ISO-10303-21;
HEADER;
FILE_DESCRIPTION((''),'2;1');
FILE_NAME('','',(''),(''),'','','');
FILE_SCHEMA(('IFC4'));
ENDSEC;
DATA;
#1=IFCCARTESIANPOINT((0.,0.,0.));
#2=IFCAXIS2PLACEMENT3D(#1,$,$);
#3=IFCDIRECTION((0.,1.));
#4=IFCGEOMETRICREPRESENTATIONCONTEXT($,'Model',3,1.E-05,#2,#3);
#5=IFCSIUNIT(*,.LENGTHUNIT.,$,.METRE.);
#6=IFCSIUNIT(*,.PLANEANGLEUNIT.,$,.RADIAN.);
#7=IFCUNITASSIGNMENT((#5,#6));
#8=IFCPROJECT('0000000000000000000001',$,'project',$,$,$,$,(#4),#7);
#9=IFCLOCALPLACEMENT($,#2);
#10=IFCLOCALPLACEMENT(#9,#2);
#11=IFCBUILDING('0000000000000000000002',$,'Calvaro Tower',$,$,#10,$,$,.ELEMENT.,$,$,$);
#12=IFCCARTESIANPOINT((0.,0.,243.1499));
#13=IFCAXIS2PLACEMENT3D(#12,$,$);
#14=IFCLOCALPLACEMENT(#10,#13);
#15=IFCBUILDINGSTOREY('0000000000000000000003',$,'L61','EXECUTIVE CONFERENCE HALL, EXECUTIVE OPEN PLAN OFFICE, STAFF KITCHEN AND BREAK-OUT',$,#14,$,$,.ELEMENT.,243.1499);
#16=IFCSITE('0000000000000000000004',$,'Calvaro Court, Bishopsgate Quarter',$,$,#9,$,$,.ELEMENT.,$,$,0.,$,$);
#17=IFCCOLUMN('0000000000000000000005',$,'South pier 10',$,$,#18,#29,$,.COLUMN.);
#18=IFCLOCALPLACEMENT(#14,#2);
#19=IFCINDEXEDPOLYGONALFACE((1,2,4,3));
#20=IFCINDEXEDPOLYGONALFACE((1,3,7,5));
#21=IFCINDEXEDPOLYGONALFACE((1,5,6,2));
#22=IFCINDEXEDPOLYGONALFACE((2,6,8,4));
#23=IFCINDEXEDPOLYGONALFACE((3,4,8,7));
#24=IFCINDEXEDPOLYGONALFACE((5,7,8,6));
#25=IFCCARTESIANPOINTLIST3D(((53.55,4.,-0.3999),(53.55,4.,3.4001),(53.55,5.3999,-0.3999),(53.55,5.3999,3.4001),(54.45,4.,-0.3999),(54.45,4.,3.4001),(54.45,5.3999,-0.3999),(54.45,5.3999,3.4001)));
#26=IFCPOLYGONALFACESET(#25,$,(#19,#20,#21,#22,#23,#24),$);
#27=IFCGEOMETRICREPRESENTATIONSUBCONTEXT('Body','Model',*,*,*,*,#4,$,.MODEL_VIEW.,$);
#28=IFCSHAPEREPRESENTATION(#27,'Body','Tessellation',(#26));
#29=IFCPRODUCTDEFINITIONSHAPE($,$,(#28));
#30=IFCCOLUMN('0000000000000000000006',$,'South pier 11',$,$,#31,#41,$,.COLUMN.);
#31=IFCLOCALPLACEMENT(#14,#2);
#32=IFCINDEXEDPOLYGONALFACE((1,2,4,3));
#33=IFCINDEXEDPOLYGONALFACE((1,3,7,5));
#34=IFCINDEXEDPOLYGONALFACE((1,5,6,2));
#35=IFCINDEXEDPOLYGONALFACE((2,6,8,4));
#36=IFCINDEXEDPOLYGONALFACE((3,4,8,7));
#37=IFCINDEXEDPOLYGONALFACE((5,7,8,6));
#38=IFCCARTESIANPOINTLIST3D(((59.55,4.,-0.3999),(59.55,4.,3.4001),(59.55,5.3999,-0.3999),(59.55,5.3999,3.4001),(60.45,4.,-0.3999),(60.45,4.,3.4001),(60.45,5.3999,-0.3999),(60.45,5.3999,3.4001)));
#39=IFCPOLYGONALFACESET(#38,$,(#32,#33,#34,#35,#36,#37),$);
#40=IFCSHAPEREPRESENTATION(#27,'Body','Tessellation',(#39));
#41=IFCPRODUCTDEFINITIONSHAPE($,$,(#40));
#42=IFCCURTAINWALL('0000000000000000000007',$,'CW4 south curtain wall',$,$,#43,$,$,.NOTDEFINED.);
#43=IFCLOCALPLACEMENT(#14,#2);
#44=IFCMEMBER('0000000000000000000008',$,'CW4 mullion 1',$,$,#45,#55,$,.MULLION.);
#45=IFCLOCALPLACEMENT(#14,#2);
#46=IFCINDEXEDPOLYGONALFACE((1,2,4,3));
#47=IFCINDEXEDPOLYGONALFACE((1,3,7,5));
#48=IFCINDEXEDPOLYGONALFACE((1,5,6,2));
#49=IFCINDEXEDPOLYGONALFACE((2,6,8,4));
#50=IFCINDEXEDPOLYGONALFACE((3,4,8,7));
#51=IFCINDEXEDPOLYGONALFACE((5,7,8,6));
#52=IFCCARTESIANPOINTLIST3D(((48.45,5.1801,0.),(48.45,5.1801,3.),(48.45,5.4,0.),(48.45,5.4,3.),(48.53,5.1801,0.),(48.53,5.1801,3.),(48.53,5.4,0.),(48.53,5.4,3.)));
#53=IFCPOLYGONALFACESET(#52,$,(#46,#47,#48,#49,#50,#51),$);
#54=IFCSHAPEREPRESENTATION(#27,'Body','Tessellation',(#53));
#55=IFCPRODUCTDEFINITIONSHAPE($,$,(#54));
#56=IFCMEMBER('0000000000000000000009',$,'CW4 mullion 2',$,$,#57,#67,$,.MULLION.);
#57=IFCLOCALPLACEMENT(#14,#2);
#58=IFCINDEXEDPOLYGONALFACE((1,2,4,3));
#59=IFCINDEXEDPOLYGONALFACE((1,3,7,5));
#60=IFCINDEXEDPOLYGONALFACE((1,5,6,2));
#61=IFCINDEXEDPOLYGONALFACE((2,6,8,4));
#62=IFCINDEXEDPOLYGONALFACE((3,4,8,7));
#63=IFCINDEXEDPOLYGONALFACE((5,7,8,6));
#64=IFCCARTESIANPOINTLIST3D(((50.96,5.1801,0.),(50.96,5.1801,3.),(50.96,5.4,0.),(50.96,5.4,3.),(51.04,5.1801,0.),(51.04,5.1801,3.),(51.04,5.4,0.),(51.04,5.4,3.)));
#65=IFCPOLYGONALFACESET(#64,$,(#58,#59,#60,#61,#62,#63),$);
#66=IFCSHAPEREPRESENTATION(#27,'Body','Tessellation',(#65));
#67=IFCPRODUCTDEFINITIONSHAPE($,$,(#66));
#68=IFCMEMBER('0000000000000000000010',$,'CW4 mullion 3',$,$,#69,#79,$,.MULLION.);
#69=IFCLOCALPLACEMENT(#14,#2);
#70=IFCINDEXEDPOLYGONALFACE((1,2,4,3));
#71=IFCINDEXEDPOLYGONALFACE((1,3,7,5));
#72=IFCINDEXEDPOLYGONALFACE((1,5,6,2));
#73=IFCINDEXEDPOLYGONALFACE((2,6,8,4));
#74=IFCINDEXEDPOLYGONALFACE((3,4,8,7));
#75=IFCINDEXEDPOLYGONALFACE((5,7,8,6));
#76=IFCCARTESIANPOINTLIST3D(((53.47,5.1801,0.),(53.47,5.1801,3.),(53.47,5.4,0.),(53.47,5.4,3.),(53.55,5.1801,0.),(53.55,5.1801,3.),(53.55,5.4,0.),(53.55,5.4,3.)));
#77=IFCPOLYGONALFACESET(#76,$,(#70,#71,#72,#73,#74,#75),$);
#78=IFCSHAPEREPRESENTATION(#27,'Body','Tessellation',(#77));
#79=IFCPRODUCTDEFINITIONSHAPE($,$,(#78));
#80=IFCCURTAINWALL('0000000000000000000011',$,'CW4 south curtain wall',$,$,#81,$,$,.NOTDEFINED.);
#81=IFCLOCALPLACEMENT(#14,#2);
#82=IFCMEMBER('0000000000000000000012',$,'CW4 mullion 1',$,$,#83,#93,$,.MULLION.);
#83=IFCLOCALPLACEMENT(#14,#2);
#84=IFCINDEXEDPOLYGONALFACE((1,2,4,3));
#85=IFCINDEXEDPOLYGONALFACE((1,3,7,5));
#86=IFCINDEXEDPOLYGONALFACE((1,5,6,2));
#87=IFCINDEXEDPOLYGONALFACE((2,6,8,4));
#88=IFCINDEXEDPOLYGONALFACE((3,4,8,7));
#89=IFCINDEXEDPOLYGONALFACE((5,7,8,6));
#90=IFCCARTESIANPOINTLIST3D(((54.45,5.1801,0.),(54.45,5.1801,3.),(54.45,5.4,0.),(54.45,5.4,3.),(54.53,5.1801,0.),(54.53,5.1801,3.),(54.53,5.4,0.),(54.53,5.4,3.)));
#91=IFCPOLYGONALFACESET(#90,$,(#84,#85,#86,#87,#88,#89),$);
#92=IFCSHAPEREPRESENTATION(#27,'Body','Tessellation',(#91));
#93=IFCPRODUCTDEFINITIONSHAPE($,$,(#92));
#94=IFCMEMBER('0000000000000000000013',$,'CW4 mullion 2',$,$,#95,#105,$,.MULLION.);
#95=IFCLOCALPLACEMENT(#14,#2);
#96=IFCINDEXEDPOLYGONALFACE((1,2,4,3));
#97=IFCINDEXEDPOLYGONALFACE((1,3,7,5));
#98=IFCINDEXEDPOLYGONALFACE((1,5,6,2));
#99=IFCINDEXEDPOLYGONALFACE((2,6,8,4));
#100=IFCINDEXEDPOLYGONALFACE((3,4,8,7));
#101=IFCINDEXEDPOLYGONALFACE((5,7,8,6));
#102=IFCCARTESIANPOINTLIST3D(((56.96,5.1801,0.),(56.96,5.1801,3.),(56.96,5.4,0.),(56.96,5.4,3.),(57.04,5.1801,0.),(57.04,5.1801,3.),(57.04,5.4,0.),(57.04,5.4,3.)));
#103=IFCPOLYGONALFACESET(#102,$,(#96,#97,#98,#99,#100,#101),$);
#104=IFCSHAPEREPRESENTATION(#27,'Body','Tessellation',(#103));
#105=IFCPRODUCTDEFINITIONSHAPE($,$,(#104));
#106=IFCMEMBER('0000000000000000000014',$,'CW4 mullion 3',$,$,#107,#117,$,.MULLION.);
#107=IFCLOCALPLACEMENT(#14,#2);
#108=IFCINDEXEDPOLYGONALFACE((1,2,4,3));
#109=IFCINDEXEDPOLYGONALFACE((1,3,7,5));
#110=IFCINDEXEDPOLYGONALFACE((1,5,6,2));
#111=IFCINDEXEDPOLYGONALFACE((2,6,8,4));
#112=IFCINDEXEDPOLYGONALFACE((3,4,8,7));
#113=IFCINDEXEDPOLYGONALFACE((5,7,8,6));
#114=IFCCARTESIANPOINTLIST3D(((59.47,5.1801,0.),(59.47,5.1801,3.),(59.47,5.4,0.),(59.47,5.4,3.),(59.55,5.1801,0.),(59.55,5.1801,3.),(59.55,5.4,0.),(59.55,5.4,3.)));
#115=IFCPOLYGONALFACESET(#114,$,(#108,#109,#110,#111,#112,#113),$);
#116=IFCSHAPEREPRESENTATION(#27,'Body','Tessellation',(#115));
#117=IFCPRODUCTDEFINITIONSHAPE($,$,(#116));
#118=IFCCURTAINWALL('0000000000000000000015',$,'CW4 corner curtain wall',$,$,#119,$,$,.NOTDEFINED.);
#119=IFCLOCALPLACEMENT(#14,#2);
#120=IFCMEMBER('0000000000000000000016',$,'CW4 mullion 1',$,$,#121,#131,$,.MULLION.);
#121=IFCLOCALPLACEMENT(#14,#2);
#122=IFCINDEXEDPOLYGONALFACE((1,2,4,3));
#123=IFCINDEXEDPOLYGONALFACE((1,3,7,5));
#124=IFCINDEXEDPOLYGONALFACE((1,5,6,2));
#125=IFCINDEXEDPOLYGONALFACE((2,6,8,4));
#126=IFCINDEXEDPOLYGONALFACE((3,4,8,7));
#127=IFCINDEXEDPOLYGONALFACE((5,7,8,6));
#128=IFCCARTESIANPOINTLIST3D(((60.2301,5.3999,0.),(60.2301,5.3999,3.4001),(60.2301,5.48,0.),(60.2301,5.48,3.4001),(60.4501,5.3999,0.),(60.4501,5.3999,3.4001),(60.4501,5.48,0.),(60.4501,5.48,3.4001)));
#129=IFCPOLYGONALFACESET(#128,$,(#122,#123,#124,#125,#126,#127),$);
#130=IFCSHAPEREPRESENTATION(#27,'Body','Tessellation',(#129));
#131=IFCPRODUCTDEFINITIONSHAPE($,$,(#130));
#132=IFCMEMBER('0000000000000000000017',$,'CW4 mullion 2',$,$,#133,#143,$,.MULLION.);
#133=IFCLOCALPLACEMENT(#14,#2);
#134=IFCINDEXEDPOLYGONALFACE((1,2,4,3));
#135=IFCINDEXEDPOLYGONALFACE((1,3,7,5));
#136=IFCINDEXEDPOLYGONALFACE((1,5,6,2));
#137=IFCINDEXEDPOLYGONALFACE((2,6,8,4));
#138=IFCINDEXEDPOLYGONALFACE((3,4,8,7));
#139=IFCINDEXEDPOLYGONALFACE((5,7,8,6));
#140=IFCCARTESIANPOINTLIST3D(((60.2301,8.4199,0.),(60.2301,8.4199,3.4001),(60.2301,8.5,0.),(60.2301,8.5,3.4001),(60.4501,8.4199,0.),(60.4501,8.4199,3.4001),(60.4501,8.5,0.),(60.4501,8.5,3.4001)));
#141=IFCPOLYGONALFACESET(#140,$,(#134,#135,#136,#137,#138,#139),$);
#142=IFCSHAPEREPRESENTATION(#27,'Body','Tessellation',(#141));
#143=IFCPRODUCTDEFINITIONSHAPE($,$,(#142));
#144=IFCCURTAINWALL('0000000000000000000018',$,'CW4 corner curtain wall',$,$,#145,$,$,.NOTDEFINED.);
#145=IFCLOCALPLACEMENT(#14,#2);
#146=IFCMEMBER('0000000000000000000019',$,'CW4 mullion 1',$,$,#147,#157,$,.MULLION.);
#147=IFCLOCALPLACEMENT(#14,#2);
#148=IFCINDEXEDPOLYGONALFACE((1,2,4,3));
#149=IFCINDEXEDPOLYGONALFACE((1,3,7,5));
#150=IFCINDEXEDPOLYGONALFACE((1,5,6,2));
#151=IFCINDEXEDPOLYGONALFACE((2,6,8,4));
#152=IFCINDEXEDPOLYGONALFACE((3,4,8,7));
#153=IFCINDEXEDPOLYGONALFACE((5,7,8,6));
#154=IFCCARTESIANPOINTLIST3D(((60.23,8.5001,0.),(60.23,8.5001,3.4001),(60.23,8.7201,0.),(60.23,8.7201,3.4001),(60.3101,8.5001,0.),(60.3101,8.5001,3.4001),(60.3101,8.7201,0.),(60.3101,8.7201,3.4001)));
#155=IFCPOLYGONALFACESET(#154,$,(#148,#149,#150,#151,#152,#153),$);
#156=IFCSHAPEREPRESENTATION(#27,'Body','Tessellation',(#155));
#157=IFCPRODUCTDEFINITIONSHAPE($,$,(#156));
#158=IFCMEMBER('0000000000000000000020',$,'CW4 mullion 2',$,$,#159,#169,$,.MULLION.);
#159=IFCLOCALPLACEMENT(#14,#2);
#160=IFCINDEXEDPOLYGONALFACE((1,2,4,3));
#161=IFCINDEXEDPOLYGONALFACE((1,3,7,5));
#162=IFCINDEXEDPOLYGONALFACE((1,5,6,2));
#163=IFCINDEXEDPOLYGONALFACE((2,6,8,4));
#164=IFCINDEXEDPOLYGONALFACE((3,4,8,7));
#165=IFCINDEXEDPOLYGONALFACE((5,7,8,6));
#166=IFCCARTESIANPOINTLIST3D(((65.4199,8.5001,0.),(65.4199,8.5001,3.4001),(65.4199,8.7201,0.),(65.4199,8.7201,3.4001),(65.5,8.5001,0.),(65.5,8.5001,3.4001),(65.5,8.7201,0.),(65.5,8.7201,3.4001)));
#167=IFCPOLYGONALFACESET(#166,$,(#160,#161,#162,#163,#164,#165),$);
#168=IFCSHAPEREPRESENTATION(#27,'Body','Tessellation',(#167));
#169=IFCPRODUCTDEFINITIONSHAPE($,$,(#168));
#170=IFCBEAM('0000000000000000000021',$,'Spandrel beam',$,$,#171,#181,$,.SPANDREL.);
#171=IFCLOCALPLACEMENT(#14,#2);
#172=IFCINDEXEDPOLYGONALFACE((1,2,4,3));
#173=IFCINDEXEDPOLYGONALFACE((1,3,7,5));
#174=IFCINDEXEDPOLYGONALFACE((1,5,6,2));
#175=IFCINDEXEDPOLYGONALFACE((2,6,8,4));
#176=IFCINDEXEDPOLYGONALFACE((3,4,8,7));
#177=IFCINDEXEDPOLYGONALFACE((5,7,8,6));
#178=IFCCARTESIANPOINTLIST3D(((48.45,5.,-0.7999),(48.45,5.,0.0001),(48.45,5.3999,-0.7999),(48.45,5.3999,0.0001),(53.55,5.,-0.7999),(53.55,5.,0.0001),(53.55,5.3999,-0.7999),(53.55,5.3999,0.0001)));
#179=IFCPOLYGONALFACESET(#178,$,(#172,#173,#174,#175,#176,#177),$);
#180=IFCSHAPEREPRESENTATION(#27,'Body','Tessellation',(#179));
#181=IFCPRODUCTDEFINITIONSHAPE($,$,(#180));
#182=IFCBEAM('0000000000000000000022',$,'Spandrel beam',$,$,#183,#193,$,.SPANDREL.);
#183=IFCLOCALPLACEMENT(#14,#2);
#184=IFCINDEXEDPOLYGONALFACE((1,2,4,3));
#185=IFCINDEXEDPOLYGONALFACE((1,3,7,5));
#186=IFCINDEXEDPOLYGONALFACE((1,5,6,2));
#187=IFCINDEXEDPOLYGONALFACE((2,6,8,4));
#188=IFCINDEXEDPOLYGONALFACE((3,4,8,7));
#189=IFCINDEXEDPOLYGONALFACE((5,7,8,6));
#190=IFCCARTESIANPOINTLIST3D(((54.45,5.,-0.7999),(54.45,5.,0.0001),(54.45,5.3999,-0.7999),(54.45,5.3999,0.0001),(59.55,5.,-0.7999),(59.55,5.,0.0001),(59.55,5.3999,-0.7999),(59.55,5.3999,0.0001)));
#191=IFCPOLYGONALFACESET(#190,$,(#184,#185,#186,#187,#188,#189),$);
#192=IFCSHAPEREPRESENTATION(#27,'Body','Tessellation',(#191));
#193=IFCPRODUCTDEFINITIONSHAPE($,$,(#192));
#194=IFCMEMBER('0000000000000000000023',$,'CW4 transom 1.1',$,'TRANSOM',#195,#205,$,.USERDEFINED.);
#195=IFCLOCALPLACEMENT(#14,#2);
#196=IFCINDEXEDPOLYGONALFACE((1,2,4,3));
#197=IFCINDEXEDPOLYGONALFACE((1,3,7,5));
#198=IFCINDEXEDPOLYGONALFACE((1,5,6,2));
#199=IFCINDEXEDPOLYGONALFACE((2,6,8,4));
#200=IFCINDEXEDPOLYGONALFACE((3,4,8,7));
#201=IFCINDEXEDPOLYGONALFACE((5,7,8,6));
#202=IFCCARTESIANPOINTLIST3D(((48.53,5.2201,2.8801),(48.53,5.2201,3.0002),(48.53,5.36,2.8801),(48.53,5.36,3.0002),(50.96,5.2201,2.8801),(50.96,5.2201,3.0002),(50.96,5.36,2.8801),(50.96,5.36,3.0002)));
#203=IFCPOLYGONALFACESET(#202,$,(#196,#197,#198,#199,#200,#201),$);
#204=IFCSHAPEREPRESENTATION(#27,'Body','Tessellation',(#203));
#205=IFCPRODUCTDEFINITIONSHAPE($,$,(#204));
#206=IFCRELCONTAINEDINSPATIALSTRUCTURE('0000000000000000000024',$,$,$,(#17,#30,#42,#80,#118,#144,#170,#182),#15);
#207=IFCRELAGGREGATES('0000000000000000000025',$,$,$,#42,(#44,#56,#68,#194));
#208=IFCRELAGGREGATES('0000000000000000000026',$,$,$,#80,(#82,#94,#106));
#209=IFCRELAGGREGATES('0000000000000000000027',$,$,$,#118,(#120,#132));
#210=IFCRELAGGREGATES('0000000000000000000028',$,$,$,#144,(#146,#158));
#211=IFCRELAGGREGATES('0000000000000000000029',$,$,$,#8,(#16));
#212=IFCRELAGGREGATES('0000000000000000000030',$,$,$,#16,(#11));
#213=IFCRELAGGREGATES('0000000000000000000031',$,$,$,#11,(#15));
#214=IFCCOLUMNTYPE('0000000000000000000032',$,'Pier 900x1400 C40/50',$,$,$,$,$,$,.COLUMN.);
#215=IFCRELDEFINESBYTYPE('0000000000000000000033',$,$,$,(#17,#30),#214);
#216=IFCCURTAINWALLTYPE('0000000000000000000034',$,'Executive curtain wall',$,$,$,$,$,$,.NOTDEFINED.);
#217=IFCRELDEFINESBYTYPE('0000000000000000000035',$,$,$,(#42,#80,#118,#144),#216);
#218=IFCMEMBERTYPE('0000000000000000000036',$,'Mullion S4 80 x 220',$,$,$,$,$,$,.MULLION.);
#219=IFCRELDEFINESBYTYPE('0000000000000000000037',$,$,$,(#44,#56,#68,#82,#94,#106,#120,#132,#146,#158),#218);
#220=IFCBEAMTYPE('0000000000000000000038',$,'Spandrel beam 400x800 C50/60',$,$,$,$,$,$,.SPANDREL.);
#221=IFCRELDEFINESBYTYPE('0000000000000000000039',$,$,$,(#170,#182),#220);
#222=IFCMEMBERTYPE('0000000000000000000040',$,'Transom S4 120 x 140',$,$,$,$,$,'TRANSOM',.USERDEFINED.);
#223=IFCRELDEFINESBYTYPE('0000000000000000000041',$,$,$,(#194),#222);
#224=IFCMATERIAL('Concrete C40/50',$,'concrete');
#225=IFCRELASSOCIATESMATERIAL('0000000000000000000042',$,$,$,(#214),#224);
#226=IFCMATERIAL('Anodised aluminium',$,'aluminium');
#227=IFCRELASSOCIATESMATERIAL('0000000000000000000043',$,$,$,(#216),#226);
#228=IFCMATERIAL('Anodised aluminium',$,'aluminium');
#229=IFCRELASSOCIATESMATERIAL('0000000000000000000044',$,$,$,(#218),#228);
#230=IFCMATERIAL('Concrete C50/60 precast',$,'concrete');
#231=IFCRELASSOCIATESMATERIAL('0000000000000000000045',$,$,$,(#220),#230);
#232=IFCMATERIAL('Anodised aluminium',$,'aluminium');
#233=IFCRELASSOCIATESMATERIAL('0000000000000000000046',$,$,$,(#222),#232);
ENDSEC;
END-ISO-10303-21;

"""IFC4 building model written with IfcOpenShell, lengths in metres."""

from ifc_helpers import new_model, si_unit, direction, frame, origin, origin_2d, place, context, subcontext, project, spatial, rectangle, extrude, material, material_profile, profile_set, type_object, element, aggregate, save


model = new_model("IFC4")

# Units and contexts
model_context = context("Model", 3, precision=1e-05, world=origin(), true_north=direction((0.0, 1.0)))
body_context = subcontext(model_context, "Body", "Model", "MODEL_VIEW")
ifc_project = project(units=[si_unit("LENGTHUNIT", "METRE"), si_unit("PLANEANGLEUNIT", "RADIAN")], contexts=[model_context])

# Site, building, storey
site_placement = place(None, origin())
site = spatial("IfcSite", under=ifc_project, at=site_placement, Name="Calvaro Court, Bishopsgate Quarter", CompositionType="ELEMENT", RefElevation=0.0)
building_placement = place(site_placement, origin())
building = spatial("IfcBuilding", under=site, at=building_placement, Name="Calvaro Tower", CompositionType="ELEMENT")
storey_placement = place(building_placement, frame((0.0, 0.0, 243.1499)))
storey = spatial("IfcBuildingStorey", under=building, at=storey_placement, Name="L61", Description="EXECUTIVE CONFERENCE HALL, EXECUTIVE OPEN PLAN OFFICE, STAFF KITCHEN AND BREAK-OUT", CompositionType="ELEMENT", Elevation=243.1499)

# Columns
ifc_material_1 = material(Name="Concrete C40/50", Category="concrete")
ifc_material_profile_1 = material_profile(ifc_material_1, rectangle(XDim=0.8999, YDim=1.3999, at=origin_2d()), Name="RC 900x1400")
ifc_profile_set_1 = profile_set([ifc_material_profile_1], Name="Concrete C40/50")
column_type = type_object("IfcColumnType", Name="Pier 900x1400 C40/50", PredefinedType="COLUMN", material=ifc_profile_set_1)
for number, where, z_axis, x_axis, name in (
    (1, (54.0, 4.7, -0.3999), (0.0, 0.0, 1.0), (1.0, 0.0, 0.0), "South pier 10"),
    (2, (60.0, 4.7, -0.3999), (0.0, 0.0, 1.0), (1.0, 0.0, 0.0), "South pier 11"),
):
    element("IfcColumn", number, at=place(storey_placement, frame(where, z_axis=z_axis, x_axis=x_axis)), inside=storey, type_object=column_type, Name=name, PredefinedType="COLUMN", context=body_context, shape_type="SweptSolid", body=[
        extrude(rectangle(XDim=0.8999, YDim=1.3999, at=origin_2d()), origin(), (0.0, 0.0, 1.0), 3.8),
    ])

# Curtain walls, members
ifc_material_2 = material(Name="Anodised aluminium", Category="aluminium")
curtain_wall_type = type_object("IfcCurtainWallType", Name="Executive curtain wall", PredefinedType="NOTDEFINED", material=ifc_material_2)
curtain_wall_1_placement = place(storey_placement, origin())
curtain_wall_1 = element("IfcCurtainWall", 3, at=curtain_wall_1_placement, inside=storey, type_object=curtain_wall_type, Name="CW4 south curtain wall", PredefinedType="NOTDEFINED")
ifc_material_3 = material(Name="Anodised aluminium", Category="aluminium")
ifc_material_profile_2 = material_profile(ifc_material_3, rectangle(XDim=0.22, YDim=0.0801, at=origin_2d()), Name="Mullion S4 80 x 220")
ifc_profile_set_2 = profile_set([ifc_material_profile_2], Name="Anodised aluminium")
member_type_1 = type_object("IfcMemberType", Name="Mullion S4 80 x 220", PredefinedType="MULLION", material=ifc_profile_set_2)
member_1_placement = place(storey_placement, frame((48.49, 5.29, 0.0), z_axis=(0.0, 0.0, 1.0), x_axis=(0.0, 1.0, 0.0)))
member_1 = element("IfcMember", 4, at=member_1_placement, type_object=member_type_1, Name="CW4 mullion 1", PredefinedType="MULLION", context=body_context, shape_type="SweptSolid", body=[
    extrude(rectangle(XDim=0.22, YDim=0.0801, at=origin_2d()), origin(), (0.0, 0.0, 1.0), 3.0),
])
member_2_placement = place(storey_placement, frame((51.0, 5.29, 0.0), z_axis=(0.0, 0.0, 1.0), x_axis=(0.0, 1.0, 0.0)))
member_2 = element("IfcMember", 5, at=member_2_placement, type_object=member_type_1, Name="CW4 mullion 2", PredefinedType="MULLION", context=body_context, shape_type="SweptSolid", body=[
    extrude(rectangle(XDim=0.22, YDim=0.0801, at=origin_2d()), origin(), (0.0, 0.0, 1.0), 3.0),
])
member_3_placement = place(storey_placement, frame((53.51, 5.29, 0.0), z_axis=(0.0, 0.0, 1.0), x_axis=(0.0, 1.0, 0.0)))
member_3 = element("IfcMember", 6, at=member_3_placement, type_object=member_type_1, Name="CW4 mullion 3", PredefinedType="MULLION", context=body_context, shape_type="SweptSolid", body=[
    extrude(rectangle(XDim=0.22, YDim=0.0801, at=origin_2d()), origin(), (0.0, 0.0, 1.0), 3.0),
])
curtain_wall_2_placement = place(storey_placement, origin())
curtain_wall_2 = element("IfcCurtainWall", 7, at=curtain_wall_2_placement, inside=storey, type_object=curtain_wall_type, Name="CW4 south curtain wall", PredefinedType="NOTDEFINED")
member_4_placement = place(storey_placement, frame((54.49, 5.29, 0.0), z_axis=(0.0, 0.0, 1.0), x_axis=(0.0, 1.0, 0.0)))
member_4 = element("IfcMember", 8, at=member_4_placement, type_object=member_type_1, Name="CW4 mullion 1", PredefinedType="MULLION", context=body_context, shape_type="SweptSolid", body=[
    extrude(rectangle(XDim=0.22, YDim=0.0801, at=origin_2d()), origin(), (0.0, 0.0, 1.0), 3.0),
])
member_5_placement = place(storey_placement, frame((57.0, 5.29, 0.0), z_axis=(0.0, 0.0, 1.0), x_axis=(0.0, 1.0, 0.0)))
member_5 = element("IfcMember", 9, at=member_5_placement, type_object=member_type_1, Name="CW4 mullion 2", PredefinedType="MULLION", context=body_context, shape_type="SweptSolid", body=[
    extrude(rectangle(XDim=0.22, YDim=0.0801, at=origin_2d()), origin(), (0.0, 0.0, 1.0), 3.0),
])
member_6_placement = place(storey_placement, frame((59.51, 5.29, 0.0), z_axis=(0.0, 0.0, 1.0), x_axis=(0.0, 1.0, 0.0)))
member_6 = element("IfcMember", 10, at=member_6_placement, type_object=member_type_1, Name="CW4 mullion 3", PredefinedType="MULLION", context=body_context, shape_type="SweptSolid", body=[
    extrude(rectangle(XDim=0.22, YDim=0.0801, at=origin_2d()), origin(), (0.0, 0.0, 1.0), 3.0),
])
curtain_wall_3_placement = place(storey_placement, origin())
curtain_wall_3 = element("IfcCurtainWall", 11, at=curtain_wall_3_placement, inside=storey, type_object=curtain_wall_type, Name="CW4 corner curtain wall", PredefinedType="NOTDEFINED")
member_7_placement = place(storey_placement, frame((60.3401, 5.4399, 0.0), z_axis=(0.0, 0.0, 1.0), x_axis=(-1.0, 0.0, 0.0)))
member_7 = element("IfcMember", 12, at=member_7_placement, type_object=member_type_1, Name="CW4 mullion 1", PredefinedType="MULLION", context=body_context, shape_type="SweptSolid", body=[
    extrude(rectangle(XDim=0.22, YDim=0.0801, at=origin_2d()), origin(), (0.0, 0.0, 1.0), 3.4001),
])
member_8_placement = place(storey_placement, frame((60.3401, 8.46, 0.0), z_axis=(0.0, 0.0, 1.0), x_axis=(-1.0, 0.0, 0.0)))
member_8 = element("IfcMember", 13, at=member_8_placement, type_object=member_type_1, Name="CW4 mullion 2", PredefinedType="MULLION", context=body_context, shape_type="SweptSolid", body=[
    extrude(rectangle(XDim=0.22, YDim=0.0801, at=origin_2d()), origin(), (0.0, 0.0, 1.0), 3.4001),
])
curtain_wall_4_placement = place(storey_placement, origin())
curtain_wall_4 = element("IfcCurtainWall", 14, at=curtain_wall_4_placement, inside=storey, type_object=curtain_wall_type, Name="CW4 corner curtain wall", PredefinedType="NOTDEFINED")
member_9_placement = place(storey_placement, frame((60.27, 8.6101, 0.0), z_axis=(0.0, 0.0, 1.0), x_axis=(0.0, 1.0, 0.0)))
member_9 = element("IfcMember", 15, at=member_9_placement, type_object=member_type_1, Name="CW4 mullion 1", PredefinedType="MULLION", context=body_context, shape_type="SweptSolid", body=[
    extrude(rectangle(XDim=0.22, YDim=0.0801, at=origin_2d()), origin(), (0.0, 0.0, 1.0), 3.4001),
])
member_10_placement = place(storey_placement, frame((65.46, 8.6101, 0.0), z_axis=(0.0, 0.0, 1.0), x_axis=(0.0, 1.0, 0.0)))
member_10 = element("IfcMember", 16, at=member_10_placement, type_object=member_type_1, Name="CW4 mullion 2", PredefinedType="MULLION", context=body_context, shape_type="SweptSolid", body=[
    extrude(rectangle(XDim=0.22, YDim=0.0801, at=origin_2d()), origin(), (0.0, 0.0, 1.0), 3.4001),
])

# Beams
ifc_material_4 = material(Name="Concrete C50/60 precast", Category="concrete")
ifc_material_profile_3 = material_profile(ifc_material_4, rectangle(XDim=0.3999, YDim=0.8, at=origin_2d()), Name="RC 400x800")
ifc_profile_set_3 = profile_set([ifc_material_profile_3], Name="Concrete C50/60 precast")
beam_type = type_object("IfcBeamType", Name="Spandrel beam 400x800 C50/60", PredefinedType="SPANDREL", material=ifc_profile_set_3)
for number, where, z_axis, x_axis, name in (
    (17, (48.45, 5.2, -0.3999), (1.0, 0.0, 0.0), (0.0, 1.0, 0.0), "Spandrel beam"),
    (18, (54.45, 5.2, -0.3999), (1.0, 0.0, 0.0), (0.0, 1.0, 0.0), "Spandrel beam"),
):
    element("IfcBeam", number, at=place(storey_placement, frame(where, z_axis=z_axis, x_axis=x_axis)), inside=storey, type_object=beam_type, Name=name, PredefinedType="SPANDREL", context=body_context, shape_type="SweptSolid", body=[
        extrude(rectangle(XDim=0.3999, YDim=0.8, at=origin_2d()), origin(), (0.0, 0.0, 1.0), 5.1001),
    ])

# Member
ifc_material_5 = material(Name="Anodised aluminium", Category="aluminium")
ifc_material_profile_4 = material_profile(ifc_material_5, rectangle(XDim=0.1399, YDim=0.1201, at=origin_2d()), Name="Transom S4 120 x 140")
ifc_profile_set_4 = profile_set([ifc_material_profile_4], Name="Anodised aluminium")
member_type_2 = type_object("IfcMemberType", Name="Transom S4 120 x 140", ElementType="TRANSOM", PredefinedType="USERDEFINED", material=ifc_profile_set_4)
member_11_placement = place(storey_placement, frame((48.53, 5.29, 2.9402), z_axis=(1.0, 0.0, 0.0), x_axis=(0.0, 1.0, 0.0)))
member_11 = element("IfcMember", 19, at=member_11_placement, type_object=member_type_2, Name="CW4 transom 1.1", ObjectType="TRANSOM", PredefinedType="USERDEFINED", context=body_context, shape_type="SweptSolid", body=[
    extrude(rectangle(XDim=0.1399, YDim=0.1201, at=origin_2d()), origin(), (0.0, 0.0, 1.0), 2.4299),
])

aggregate(curtain_wall_1, [member_1, member_2, member_3, member_11])
aggregate(curtain_wall_2, [member_4, member_5, member_6])
aggregate(curtain_wall_3, [member_7, member_8])
aggregate(curtain_wall_4, [member_9, member_10])

save(model, "model.ifc")
